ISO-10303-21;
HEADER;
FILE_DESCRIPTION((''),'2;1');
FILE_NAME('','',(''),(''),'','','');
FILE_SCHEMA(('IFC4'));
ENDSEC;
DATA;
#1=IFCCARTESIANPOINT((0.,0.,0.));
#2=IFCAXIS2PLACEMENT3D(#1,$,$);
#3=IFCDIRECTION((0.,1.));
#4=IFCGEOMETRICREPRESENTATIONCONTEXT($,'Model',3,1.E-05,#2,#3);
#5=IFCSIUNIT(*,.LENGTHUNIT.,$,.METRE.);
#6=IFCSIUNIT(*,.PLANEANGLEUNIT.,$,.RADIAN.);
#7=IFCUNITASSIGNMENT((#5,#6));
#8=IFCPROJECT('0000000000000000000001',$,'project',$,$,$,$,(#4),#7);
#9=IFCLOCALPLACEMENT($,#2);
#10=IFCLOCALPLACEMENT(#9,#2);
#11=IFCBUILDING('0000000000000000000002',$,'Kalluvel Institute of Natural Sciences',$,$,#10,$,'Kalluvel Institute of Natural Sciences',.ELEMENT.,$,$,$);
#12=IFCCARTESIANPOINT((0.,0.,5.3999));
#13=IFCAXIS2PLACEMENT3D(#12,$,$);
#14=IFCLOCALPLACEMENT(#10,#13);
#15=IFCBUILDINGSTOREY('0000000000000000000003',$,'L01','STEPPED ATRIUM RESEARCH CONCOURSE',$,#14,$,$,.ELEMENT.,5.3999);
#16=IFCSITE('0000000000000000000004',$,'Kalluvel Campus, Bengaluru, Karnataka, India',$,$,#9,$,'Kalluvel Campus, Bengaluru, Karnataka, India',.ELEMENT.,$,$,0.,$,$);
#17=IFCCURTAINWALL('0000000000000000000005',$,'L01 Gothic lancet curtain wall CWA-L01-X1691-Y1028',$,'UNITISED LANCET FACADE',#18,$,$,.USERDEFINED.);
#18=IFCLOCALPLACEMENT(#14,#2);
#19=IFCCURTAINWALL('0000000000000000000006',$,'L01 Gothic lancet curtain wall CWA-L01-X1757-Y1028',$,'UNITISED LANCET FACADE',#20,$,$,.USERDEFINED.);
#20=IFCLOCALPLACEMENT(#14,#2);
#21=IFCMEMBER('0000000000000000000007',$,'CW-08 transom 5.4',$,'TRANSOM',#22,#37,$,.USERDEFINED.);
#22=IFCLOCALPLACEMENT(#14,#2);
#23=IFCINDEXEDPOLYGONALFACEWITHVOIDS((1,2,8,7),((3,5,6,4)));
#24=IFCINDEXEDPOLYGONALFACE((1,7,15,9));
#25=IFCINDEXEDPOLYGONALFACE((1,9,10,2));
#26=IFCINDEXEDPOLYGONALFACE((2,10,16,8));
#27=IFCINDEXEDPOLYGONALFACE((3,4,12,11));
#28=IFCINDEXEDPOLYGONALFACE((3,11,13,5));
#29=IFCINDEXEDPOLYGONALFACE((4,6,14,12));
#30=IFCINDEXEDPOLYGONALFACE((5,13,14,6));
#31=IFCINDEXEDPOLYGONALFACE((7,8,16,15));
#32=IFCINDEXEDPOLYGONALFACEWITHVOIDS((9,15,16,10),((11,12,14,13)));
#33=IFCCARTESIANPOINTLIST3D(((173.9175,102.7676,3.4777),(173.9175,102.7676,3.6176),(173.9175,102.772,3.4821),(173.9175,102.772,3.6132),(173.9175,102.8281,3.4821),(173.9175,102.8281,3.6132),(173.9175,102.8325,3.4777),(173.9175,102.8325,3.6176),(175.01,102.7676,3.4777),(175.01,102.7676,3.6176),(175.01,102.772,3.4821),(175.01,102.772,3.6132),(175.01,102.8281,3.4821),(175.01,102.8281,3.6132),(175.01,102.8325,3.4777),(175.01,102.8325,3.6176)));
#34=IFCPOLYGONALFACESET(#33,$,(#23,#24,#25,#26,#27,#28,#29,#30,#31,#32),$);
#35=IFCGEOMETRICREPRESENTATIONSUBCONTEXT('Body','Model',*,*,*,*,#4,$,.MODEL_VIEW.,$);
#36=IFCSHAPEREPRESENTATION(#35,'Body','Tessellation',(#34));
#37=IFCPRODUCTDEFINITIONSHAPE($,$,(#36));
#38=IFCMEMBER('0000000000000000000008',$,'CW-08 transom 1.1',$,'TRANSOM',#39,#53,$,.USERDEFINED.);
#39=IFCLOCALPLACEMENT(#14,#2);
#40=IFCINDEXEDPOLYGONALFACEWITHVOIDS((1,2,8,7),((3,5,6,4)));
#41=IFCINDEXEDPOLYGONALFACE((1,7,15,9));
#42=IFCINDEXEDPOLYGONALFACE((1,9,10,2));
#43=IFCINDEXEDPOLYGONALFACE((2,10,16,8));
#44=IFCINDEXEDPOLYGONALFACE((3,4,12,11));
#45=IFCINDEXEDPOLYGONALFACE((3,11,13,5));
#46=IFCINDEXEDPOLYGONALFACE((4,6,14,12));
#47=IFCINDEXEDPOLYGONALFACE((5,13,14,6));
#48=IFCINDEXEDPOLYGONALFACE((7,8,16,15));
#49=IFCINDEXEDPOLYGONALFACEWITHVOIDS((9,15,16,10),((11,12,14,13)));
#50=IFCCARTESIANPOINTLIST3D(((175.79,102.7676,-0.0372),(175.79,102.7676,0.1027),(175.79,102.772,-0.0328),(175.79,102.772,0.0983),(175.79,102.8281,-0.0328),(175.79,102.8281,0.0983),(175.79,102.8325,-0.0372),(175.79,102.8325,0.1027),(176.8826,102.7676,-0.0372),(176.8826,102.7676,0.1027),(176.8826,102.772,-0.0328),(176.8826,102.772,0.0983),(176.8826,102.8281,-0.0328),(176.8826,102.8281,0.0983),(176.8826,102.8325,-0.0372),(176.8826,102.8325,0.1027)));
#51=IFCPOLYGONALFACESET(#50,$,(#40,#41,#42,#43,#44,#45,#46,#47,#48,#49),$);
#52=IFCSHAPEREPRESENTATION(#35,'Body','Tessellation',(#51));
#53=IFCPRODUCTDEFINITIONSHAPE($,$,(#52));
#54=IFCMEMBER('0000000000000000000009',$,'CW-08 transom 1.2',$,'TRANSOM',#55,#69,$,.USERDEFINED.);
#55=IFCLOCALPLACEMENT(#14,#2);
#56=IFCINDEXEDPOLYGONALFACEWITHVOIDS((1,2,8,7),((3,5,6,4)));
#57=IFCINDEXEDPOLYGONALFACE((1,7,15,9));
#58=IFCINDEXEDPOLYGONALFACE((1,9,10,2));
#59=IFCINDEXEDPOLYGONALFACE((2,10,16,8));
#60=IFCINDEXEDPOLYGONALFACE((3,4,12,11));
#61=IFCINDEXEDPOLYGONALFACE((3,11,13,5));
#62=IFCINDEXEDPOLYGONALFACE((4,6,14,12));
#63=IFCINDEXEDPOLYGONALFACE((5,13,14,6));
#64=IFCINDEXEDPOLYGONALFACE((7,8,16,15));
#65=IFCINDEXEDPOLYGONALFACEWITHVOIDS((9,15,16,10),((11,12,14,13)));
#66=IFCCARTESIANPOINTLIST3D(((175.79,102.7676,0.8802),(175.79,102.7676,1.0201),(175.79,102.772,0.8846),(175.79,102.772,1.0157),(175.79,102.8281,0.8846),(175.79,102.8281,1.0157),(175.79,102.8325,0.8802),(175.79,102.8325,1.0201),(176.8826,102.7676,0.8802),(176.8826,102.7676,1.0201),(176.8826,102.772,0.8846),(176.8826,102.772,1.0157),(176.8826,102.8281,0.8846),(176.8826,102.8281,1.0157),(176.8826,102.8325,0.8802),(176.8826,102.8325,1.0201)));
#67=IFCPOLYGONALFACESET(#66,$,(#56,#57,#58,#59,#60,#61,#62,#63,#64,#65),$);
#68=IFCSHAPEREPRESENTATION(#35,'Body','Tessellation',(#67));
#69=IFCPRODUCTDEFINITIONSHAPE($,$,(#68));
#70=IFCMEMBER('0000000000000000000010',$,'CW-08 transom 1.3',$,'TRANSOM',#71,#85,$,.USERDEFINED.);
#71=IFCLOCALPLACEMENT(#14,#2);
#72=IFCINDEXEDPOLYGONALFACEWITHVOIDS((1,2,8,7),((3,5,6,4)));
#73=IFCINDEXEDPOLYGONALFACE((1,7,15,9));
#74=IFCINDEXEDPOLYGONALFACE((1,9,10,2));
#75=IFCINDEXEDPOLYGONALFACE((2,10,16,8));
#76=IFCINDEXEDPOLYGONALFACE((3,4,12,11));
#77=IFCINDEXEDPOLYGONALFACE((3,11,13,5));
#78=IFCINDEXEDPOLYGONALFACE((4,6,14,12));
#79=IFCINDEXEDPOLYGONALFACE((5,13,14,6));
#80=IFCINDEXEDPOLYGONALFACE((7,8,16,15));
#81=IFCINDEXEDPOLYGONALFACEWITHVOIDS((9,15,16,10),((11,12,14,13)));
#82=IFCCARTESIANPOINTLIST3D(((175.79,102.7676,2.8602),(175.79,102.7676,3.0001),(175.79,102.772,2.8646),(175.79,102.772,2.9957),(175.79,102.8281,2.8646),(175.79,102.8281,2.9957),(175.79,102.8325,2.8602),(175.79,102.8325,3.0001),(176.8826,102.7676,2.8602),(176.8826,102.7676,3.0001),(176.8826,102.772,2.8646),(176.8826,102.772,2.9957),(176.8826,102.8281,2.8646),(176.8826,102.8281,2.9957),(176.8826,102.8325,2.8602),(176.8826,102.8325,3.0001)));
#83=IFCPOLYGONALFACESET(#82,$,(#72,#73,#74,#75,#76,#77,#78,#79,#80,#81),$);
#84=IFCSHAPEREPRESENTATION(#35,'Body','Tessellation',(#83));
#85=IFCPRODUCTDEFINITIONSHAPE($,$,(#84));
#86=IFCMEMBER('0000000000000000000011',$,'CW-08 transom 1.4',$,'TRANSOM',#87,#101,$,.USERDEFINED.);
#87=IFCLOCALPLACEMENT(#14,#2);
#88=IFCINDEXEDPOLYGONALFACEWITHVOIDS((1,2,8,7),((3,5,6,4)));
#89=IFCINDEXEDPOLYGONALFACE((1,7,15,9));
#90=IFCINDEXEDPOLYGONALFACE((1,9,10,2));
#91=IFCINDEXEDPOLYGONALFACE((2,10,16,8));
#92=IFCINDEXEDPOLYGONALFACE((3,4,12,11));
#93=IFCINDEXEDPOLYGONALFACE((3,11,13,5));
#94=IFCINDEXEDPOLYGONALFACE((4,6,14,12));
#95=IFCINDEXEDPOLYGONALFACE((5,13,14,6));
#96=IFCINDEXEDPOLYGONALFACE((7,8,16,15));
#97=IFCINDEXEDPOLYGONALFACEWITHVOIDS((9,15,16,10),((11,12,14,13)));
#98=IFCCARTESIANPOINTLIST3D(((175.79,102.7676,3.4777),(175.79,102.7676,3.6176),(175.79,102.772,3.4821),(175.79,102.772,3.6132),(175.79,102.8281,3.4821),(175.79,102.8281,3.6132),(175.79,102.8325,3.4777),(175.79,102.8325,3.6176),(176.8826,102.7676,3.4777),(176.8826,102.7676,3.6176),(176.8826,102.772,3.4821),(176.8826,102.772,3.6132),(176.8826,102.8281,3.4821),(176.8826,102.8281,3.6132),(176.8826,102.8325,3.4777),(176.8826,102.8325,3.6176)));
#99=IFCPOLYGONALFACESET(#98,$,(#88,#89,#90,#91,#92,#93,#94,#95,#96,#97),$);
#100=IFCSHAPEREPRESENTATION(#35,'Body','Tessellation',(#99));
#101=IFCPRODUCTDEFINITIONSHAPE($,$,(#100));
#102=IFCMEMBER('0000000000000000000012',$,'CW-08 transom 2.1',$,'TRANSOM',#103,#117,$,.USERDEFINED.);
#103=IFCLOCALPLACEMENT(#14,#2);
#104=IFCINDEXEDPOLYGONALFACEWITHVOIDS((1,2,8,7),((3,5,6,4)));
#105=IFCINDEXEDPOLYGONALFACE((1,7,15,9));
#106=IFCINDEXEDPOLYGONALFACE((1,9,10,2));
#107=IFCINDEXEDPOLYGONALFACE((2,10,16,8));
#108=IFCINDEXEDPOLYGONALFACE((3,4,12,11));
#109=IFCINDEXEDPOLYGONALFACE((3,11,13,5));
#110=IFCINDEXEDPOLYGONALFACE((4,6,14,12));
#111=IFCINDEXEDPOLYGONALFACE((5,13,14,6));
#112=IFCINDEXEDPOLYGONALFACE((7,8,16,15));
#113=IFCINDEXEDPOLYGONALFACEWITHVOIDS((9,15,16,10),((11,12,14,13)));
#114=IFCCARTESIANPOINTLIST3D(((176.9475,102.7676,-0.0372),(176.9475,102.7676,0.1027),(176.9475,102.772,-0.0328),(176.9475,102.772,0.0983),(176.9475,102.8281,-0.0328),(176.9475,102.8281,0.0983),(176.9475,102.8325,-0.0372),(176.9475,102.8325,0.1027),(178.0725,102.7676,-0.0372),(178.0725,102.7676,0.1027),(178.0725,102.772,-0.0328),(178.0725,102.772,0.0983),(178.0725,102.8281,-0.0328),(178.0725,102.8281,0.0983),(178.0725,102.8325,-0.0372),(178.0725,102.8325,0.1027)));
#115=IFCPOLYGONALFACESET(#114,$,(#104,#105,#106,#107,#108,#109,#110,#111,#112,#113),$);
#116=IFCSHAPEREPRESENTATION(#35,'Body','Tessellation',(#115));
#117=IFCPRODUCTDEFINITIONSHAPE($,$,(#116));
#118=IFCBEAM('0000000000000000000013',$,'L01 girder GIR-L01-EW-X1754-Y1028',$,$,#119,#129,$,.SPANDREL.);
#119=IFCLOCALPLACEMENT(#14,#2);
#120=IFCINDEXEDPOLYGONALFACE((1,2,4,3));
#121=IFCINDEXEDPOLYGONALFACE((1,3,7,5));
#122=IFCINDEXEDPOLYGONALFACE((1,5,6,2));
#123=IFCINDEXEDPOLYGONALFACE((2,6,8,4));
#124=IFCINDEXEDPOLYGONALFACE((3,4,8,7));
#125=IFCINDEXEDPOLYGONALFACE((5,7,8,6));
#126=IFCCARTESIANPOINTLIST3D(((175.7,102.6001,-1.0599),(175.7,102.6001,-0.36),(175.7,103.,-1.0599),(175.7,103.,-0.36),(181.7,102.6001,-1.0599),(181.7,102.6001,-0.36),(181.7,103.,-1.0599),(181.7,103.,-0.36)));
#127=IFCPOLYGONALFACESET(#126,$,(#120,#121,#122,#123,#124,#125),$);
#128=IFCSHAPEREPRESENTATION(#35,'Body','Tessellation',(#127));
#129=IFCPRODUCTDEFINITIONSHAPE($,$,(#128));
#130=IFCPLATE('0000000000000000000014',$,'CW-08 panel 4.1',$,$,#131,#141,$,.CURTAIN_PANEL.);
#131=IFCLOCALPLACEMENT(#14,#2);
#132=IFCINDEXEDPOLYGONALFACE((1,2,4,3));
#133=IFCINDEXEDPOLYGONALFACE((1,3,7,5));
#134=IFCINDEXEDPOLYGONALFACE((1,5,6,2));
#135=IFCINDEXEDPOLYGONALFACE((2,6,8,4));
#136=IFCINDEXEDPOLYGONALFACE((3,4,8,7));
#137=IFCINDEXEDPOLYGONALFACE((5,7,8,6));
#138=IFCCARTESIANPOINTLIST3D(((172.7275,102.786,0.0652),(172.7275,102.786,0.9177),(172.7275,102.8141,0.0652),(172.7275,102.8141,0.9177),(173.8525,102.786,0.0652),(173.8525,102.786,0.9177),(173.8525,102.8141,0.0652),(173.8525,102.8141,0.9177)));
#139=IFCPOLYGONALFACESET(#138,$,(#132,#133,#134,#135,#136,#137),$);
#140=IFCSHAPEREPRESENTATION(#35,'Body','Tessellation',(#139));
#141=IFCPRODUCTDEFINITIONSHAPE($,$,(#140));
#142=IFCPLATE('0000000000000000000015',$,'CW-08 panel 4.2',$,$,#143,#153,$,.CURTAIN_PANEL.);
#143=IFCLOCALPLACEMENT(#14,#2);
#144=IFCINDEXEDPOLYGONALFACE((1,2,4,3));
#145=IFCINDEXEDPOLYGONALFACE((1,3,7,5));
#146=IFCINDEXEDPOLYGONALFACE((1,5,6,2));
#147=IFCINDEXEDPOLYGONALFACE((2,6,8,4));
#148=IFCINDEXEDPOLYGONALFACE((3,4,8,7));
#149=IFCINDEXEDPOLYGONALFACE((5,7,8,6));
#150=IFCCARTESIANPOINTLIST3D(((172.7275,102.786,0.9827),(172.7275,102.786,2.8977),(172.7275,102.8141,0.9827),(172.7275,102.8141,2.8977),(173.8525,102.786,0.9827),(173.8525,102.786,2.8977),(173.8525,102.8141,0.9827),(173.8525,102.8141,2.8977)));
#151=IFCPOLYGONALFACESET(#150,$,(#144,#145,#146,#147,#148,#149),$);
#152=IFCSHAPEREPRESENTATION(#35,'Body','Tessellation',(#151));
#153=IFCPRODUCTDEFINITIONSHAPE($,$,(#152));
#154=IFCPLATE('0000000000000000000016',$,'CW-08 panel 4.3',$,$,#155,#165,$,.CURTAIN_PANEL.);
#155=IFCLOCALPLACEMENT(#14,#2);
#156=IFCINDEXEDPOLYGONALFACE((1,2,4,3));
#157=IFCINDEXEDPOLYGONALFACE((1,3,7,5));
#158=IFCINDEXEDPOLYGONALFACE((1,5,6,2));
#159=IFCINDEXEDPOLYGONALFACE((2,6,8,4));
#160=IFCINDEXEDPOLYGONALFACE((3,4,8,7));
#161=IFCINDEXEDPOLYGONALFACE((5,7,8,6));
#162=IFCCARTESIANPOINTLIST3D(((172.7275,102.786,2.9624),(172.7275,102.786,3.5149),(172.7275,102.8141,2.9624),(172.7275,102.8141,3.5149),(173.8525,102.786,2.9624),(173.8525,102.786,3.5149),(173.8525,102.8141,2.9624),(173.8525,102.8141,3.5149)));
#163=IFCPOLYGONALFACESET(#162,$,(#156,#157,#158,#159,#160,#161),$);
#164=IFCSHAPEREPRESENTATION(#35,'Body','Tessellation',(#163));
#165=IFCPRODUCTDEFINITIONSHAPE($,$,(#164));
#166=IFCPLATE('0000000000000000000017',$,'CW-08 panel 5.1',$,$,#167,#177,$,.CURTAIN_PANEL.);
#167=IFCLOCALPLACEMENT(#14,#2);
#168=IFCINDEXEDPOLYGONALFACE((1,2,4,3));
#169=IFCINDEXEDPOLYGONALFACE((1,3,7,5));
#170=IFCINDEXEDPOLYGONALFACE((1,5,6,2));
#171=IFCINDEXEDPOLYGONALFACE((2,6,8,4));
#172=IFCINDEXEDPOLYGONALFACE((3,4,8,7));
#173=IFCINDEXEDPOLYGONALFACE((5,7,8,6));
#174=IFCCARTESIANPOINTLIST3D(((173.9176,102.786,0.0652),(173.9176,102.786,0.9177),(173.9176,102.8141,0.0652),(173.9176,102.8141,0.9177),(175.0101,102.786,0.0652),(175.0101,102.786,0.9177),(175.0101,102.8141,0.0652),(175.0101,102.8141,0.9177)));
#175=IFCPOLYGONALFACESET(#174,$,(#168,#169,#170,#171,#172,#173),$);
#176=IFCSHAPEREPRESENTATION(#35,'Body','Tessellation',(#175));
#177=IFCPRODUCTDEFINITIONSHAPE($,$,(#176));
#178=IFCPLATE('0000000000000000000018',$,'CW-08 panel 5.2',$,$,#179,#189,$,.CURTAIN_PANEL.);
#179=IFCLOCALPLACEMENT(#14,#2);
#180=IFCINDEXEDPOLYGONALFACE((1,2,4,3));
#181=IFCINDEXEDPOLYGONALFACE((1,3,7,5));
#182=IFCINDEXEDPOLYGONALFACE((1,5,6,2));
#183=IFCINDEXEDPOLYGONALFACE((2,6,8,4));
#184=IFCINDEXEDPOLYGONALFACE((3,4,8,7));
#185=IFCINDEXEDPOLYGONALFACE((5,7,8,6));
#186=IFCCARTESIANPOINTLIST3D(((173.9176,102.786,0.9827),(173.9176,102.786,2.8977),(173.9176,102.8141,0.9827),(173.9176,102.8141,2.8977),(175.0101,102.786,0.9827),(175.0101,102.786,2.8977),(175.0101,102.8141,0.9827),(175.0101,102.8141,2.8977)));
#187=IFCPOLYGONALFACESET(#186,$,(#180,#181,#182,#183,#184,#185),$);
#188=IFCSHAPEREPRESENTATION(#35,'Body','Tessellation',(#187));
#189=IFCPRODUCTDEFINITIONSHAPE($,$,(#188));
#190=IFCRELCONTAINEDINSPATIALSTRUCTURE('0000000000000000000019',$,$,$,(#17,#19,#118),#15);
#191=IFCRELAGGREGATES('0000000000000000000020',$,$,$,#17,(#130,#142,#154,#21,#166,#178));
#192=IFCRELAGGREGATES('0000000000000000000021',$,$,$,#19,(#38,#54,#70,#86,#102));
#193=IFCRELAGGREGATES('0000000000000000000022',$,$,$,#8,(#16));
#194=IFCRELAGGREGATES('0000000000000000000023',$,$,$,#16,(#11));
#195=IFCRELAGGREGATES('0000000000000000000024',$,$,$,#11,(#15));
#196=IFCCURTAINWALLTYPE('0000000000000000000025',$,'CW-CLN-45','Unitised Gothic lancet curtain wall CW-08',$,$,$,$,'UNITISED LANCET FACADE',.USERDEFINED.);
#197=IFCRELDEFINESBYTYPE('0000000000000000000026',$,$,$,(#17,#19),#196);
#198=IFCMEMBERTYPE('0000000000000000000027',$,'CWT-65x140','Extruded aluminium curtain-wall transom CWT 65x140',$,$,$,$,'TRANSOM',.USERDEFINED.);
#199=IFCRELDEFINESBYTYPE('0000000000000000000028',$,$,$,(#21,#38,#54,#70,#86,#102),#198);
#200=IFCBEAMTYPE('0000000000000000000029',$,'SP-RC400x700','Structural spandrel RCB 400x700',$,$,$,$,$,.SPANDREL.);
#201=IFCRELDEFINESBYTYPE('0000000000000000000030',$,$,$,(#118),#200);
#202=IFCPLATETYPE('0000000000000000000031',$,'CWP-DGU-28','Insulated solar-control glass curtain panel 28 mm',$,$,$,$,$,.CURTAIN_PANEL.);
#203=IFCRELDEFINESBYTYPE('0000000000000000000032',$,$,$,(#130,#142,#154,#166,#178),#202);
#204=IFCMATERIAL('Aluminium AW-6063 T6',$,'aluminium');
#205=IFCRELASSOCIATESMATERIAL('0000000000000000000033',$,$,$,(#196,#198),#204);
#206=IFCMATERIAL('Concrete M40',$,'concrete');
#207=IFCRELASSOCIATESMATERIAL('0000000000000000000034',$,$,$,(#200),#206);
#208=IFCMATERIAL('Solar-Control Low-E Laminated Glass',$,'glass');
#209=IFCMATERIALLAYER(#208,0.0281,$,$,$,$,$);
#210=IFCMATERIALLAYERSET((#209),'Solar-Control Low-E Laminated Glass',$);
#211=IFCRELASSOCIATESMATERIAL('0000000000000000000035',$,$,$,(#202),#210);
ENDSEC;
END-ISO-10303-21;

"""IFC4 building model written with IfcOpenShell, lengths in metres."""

from ifc_helpers import new_model, si_unit, direction, frame, origin, origin_2d, place, context, subcontext, project, spatial, rectangle, hollow_rectangle, extrude, material, layer, layer_set, material_profile, profile_set, type_object, element, aggregate, save


model = new_model("IFC4")

# Units and contexts
model_context = context("Model", 3, precision=1e-05, world=origin(), true_north=direction((0.0, 1.0)))
body_context = subcontext(model_context, "Body", "Model", "MODEL_VIEW")
ifc_project = project(units=[si_unit("LENGTHUNIT", "METRE"), si_unit("PLANEANGLEUNIT", "RADIAN")], contexts=[model_context])

# Site, building, storey
site_placement = place(None, origin())
site = spatial("IfcSite", under=ifc_project, at=site_placement, Name="Kalluvel Campus, Bengaluru, Karnataka, India", LongName="Kalluvel Campus, Bengaluru, Karnataka, India", CompositionType="ELEMENT", RefElevation=0.0)
building_placement = place(site_placement, origin())
building = spatial("IfcBuilding", under=site, at=building_placement, Name="Kalluvel Institute of Natural Sciences", LongName="Kalluvel Institute of Natural Sciences", CompositionType="ELEMENT")
storey_placement = place(building_placement, frame((0.0, 0.0, 5.3999)))
storey = spatial("IfcBuildingStorey", under=building, at=storey_placement, Name="L01", Description="STEPPED ATRIUM RESEARCH CONCOURSE", CompositionType="ELEMENT", Elevation=5.3999)

# Shared definitions
ifc_material_1 = material(Name="Concrete M40", Category="concrete")

# Curtain walls
ifc_material_2 = material(Name="Aluminium AW-6063 T6", Category="aluminium")
curtain_wall_type = type_object("IfcCurtainWallType", Name="CW-CLN-45", Description="Unitised Gothic lancet curtain wall CW-08", ElementType="UNITISED LANCET FACADE", PredefinedType="USERDEFINED", material=ifc_material_2)
curtain_wall_1_placement = place(storey_placement, origin())
curtain_wall_1 = element("IfcCurtainWall", 1, at=curtain_wall_1_placement, inside=storey, type_object=curtain_wall_type, Name="L01 Gothic lancet curtain wall CWA-L01-X1691-Y1028", ObjectType="UNITISED LANCET FACADE", PredefinedType="USERDEFINED")
curtain_wall_2_placement = place(storey_placement, origin())
curtain_wall_2 = element("IfcCurtainWall", 2, at=curtain_wall_2_placement, inside=storey, type_object=curtain_wall_type, Name="L01 Gothic lancet curtain wall CWA-L01-X1757-Y1028", ObjectType="UNITISED LANCET FACADE", PredefinedType="USERDEFINED")

# Members
ifc_material_profile_1 = material_profile(ifc_material_2, hollow_rectangle(XDim=0.0649, YDim=0.1399, WallThickness=0.0044, at=origin_2d()), Name="CWT 65x140")
ifc_profile_set_1 = profile_set([ifc_material_profile_1], Name="Aluminium AW-6063 T6")
member_type_1 = type_object("IfcMemberType", Name="CWT-65x140", Description="Extruded aluminium curtain-wall transom CWT 65x140", ElementType="TRANSOM", PredefinedType="USERDEFINED", material=ifc_profile_set_1)
member_1_placement = place(storey_placement, frame((173.9175, 102.8, 3.5476), z_axis=(1.0, 0.0, 0.0), x_axis=(0.0, 1.0, 0.0)))
member_1 = element("IfcMember", 3, at=member_1_placement, type_object=member_type_1, Name="CW-08 transom 5.4", ObjectType="TRANSOM", PredefinedType="USERDEFINED", context=body_context, shape_type="SweptSolid", body=[
    extrude(hollow_rectangle(XDim=0.0649, YDim=0.1399, WallThickness=0.0044, at=origin_2d()), origin(), (0.0, 0.0, 1.0), 1.0925),
])
member_2_placement = place(storey_placement, frame((175.79, 102.8, 0.0327), z_axis=(1.0, 0.0, 0.0), x_axis=(0.0, 1.0, 0.0)))
member_2 = element("IfcMember", 4, at=member_2_placement, type_object=member_type_1, Name="CW-08 transom 1.1", ObjectType="TRANSOM", PredefinedType="USERDEFINED", context=body_context, shape_type="SweptSolid", body=[
    extrude(hollow_rectangle(XDim=0.0649, YDim=0.1399, WallThickness=0.0044, at=origin_2d()), origin(), (0.0, 0.0, 1.0), 1.0925),
])
member_3_placement = place(storey_placement, frame((175.79, 102.8, 0.9502), z_axis=(1.0, 0.0, 0.0), x_axis=(0.0, 1.0, 0.0)))
member_3 = element("IfcMember", 5, at=member_3_placement, type_object=member_type_1, Name="CW-08 transom 1.2", ObjectType="TRANSOM", PredefinedType="USERDEFINED", context=body_context, shape_type="SweptSolid", body=[
    extrude(hollow_rectangle(XDim=0.0649, YDim=0.1399, WallThickness=0.0044, at=origin_2d()), origin(), (0.0, 0.0, 1.0), 1.0925),
])
member_4_placement = place(storey_placement, frame((175.79, 102.8, 2.9302), z_axis=(1.0, 0.0, 0.0), x_axis=(0.0, 1.0, 0.0)))
member_4 = element("IfcMember", 6, at=member_4_placement, type_object=member_type_1, Name="CW-08 transom 1.3", ObjectType="TRANSOM", PredefinedType="USERDEFINED", context=body_context, shape_type="SweptSolid", body=[
    extrude(hollow_rectangle(XDim=0.0649, YDim=0.1399, WallThickness=0.0044, at=origin_2d()), origin(), (0.0, 0.0, 1.0), 1.0925),
])
member_5_placement = place(storey_placement, frame((175.79, 102.8, 3.5476), z_axis=(1.0, 0.0, 0.0), x_axis=(0.0, 1.0, 0.0)))
member_5 = element("IfcMember", 7, at=member_5_placement, type_object=member_type_1, Name="CW-08 transom 1.4", ObjectType="TRANSOM", PredefinedType="USERDEFINED", context=body_context, shape_type="SweptSolid", body=[
    extrude(hollow_rectangle(XDim=0.0649, YDim=0.1399, WallThickness=0.0044, at=origin_2d()), origin(), (0.0, 0.0, 1.0), 1.0925),
])
member_6_placement = place(storey_placement, frame((176.9475, 102.8, 0.0327), z_axis=(1.0, 0.0, 0.0), x_axis=(0.0, 1.0, 0.0)))
member_6 = element("IfcMember", 8, at=member_6_placement, type_object=member_type_1, Name="CW-08 transom 2.1", ObjectType="TRANSOM", PredefinedType="USERDEFINED", context=body_context, shape_type="SweptSolid", body=[
    extrude(hollow_rectangle(XDim=0.0649, YDim=0.1399, WallThickness=0.0044, at=origin_2d()), origin(), (0.0, 0.0, 1.0), 1.125),
])

# Beam
ifc_material_profile_2 = material_profile(ifc_material_1, rectangle(XDim=0.3999, YDim=0.7, at=origin_2d()), Name="RCB 400x700")
ifc_profile_set_2 = profile_set([ifc_material_profile_2], Name="Concrete M40")
beam_type = type_object("IfcBeamType", Name="SP-RC400x700", Description="Structural spandrel RCB 400x700", PredefinedType="SPANDREL", material=ifc_profile_set_2)
beam_placement = place(storey_placement, frame((175.7, 102.8, -0.71), z_axis=(1.0, 0.0, 0.0), x_axis=(0.0, 1.0, 0.0)))
element("IfcBeam", 9, at=beam_placement, inside=storey, type_object=beam_type, Name="L01 girder GIR-L01-EW-X1754-Y1028", PredefinedType="SPANDREL", context=body_context, shape_type="SweptSolid", body=[
    extrude(rectangle(XDim=0.3999, YDim=0.7, at=origin_2d()), origin(), (0.0, 0.0, 1.0), 6.0),
])

# Plates
ifc_material_3 = material(Name="Solar-Control Low-E Laminated Glass", Category="glass")
ifc_layer = layer(ifc_material_3, 0.0281)
ifc_layer_set = layer_set([ifc_layer], Name="Solar-Control Low-E Laminated Glass")
plate_type = type_object("IfcPlateType", Name="CWP-DGU-28", Description="Insulated solar-control glass curtain panel 28 mm", PredefinedType="CURTAIN_PANEL", material=ifc_layer_set)
plate_1_placement = place(storey_placement, frame((173.29, 102.8, 0.0652), z_axis=(0.0, 0.0, 1.0), x_axis=(1.0, 0.0, 0.0)))
plate_1 = element("IfcPlate", 10, at=plate_1_placement, type_object=plate_type, Name="CW-08 panel 4.1", PredefinedType="CURTAIN_PANEL", context=body_context, shape_type="SweptSolid", body=[
    extrude(rectangle(XDim=1.125, YDim=0.0281, at=origin_2d()), origin(), (0.0, 0.0, 1.0), 0.8525),
])
plate_2_placement = place(storey_placement, frame((173.29, 102.8, 0.9827), z_axis=(0.0, 0.0, 1.0), x_axis=(1.0, 0.0, 0.0)))
plate_2 = element("IfcPlate", 11, at=plate_2_placement, type_object=plate_type, Name="CW-08 panel 4.2", PredefinedType="CURTAIN_PANEL", context=body_context, shape_type="SweptSolid", body=[
    extrude(rectangle(XDim=1.125, YDim=0.0281, at=origin_2d()), origin(), (0.0, 0.0, 1.0), 1.915),
])
plate_3_placement = place(storey_placement, frame((173.29, 102.8, 2.9624), z_axis=(0.0, 0.0, 1.0), x_axis=(1.0, 0.0, 0.0)))
plate_3 = element("IfcPlate", 12, at=plate_3_placement, type_object=plate_type, Name="CW-08 panel 4.3", PredefinedType="CURTAIN_PANEL", context=body_context, shape_type="SweptSolid", body=[
    extrude(rectangle(XDim=1.125, YDim=0.0281, at=origin_2d()), origin(), (0.0, 0.0, 1.0), 0.5525),
])
plate_4_placement = place(storey_placement, frame((174.4639, 102.8, 0.0652), z_axis=(0.0, 0.0, 1.0), x_axis=(1.0, 0.0, 0.0)))
plate_4 = element("IfcPlate", 13, at=plate_4_placement, type_object=plate_type, Name="CW-08 panel 5.1", PredefinedType="CURTAIN_PANEL", context=body_context, shape_type="SweptSolid", body=[
    extrude(rectangle(XDim=1.0925, YDim=0.0281, at=origin_2d()), origin(), (0.0, 0.0, 1.0), 0.8525),
])
plate_5_placement = place(storey_placement, frame((174.4639, 102.8, 0.9827), z_axis=(0.0, 0.0, 1.0), x_axis=(1.0, 0.0, 0.0)))
plate_5 = element("IfcPlate", 14, at=plate_5_placement, type_object=plate_type, Name="CW-08 panel 5.2", PredefinedType="CURTAIN_PANEL", context=body_context, shape_type="SweptSolid", body=[
    extrude(rectangle(XDim=1.0925, YDim=0.0281, at=origin_2d()), origin(), (0.0, 0.0, 1.0), 1.915),
])
aggregate(curtain_wall_1, [plate_1, plate_2, plate_3, member_1, plate_4, plate_5])
aggregate(curtain_wall_2, [member_2, member_3, member_4, member_5, member_6])

save(model, "model.ifc")
